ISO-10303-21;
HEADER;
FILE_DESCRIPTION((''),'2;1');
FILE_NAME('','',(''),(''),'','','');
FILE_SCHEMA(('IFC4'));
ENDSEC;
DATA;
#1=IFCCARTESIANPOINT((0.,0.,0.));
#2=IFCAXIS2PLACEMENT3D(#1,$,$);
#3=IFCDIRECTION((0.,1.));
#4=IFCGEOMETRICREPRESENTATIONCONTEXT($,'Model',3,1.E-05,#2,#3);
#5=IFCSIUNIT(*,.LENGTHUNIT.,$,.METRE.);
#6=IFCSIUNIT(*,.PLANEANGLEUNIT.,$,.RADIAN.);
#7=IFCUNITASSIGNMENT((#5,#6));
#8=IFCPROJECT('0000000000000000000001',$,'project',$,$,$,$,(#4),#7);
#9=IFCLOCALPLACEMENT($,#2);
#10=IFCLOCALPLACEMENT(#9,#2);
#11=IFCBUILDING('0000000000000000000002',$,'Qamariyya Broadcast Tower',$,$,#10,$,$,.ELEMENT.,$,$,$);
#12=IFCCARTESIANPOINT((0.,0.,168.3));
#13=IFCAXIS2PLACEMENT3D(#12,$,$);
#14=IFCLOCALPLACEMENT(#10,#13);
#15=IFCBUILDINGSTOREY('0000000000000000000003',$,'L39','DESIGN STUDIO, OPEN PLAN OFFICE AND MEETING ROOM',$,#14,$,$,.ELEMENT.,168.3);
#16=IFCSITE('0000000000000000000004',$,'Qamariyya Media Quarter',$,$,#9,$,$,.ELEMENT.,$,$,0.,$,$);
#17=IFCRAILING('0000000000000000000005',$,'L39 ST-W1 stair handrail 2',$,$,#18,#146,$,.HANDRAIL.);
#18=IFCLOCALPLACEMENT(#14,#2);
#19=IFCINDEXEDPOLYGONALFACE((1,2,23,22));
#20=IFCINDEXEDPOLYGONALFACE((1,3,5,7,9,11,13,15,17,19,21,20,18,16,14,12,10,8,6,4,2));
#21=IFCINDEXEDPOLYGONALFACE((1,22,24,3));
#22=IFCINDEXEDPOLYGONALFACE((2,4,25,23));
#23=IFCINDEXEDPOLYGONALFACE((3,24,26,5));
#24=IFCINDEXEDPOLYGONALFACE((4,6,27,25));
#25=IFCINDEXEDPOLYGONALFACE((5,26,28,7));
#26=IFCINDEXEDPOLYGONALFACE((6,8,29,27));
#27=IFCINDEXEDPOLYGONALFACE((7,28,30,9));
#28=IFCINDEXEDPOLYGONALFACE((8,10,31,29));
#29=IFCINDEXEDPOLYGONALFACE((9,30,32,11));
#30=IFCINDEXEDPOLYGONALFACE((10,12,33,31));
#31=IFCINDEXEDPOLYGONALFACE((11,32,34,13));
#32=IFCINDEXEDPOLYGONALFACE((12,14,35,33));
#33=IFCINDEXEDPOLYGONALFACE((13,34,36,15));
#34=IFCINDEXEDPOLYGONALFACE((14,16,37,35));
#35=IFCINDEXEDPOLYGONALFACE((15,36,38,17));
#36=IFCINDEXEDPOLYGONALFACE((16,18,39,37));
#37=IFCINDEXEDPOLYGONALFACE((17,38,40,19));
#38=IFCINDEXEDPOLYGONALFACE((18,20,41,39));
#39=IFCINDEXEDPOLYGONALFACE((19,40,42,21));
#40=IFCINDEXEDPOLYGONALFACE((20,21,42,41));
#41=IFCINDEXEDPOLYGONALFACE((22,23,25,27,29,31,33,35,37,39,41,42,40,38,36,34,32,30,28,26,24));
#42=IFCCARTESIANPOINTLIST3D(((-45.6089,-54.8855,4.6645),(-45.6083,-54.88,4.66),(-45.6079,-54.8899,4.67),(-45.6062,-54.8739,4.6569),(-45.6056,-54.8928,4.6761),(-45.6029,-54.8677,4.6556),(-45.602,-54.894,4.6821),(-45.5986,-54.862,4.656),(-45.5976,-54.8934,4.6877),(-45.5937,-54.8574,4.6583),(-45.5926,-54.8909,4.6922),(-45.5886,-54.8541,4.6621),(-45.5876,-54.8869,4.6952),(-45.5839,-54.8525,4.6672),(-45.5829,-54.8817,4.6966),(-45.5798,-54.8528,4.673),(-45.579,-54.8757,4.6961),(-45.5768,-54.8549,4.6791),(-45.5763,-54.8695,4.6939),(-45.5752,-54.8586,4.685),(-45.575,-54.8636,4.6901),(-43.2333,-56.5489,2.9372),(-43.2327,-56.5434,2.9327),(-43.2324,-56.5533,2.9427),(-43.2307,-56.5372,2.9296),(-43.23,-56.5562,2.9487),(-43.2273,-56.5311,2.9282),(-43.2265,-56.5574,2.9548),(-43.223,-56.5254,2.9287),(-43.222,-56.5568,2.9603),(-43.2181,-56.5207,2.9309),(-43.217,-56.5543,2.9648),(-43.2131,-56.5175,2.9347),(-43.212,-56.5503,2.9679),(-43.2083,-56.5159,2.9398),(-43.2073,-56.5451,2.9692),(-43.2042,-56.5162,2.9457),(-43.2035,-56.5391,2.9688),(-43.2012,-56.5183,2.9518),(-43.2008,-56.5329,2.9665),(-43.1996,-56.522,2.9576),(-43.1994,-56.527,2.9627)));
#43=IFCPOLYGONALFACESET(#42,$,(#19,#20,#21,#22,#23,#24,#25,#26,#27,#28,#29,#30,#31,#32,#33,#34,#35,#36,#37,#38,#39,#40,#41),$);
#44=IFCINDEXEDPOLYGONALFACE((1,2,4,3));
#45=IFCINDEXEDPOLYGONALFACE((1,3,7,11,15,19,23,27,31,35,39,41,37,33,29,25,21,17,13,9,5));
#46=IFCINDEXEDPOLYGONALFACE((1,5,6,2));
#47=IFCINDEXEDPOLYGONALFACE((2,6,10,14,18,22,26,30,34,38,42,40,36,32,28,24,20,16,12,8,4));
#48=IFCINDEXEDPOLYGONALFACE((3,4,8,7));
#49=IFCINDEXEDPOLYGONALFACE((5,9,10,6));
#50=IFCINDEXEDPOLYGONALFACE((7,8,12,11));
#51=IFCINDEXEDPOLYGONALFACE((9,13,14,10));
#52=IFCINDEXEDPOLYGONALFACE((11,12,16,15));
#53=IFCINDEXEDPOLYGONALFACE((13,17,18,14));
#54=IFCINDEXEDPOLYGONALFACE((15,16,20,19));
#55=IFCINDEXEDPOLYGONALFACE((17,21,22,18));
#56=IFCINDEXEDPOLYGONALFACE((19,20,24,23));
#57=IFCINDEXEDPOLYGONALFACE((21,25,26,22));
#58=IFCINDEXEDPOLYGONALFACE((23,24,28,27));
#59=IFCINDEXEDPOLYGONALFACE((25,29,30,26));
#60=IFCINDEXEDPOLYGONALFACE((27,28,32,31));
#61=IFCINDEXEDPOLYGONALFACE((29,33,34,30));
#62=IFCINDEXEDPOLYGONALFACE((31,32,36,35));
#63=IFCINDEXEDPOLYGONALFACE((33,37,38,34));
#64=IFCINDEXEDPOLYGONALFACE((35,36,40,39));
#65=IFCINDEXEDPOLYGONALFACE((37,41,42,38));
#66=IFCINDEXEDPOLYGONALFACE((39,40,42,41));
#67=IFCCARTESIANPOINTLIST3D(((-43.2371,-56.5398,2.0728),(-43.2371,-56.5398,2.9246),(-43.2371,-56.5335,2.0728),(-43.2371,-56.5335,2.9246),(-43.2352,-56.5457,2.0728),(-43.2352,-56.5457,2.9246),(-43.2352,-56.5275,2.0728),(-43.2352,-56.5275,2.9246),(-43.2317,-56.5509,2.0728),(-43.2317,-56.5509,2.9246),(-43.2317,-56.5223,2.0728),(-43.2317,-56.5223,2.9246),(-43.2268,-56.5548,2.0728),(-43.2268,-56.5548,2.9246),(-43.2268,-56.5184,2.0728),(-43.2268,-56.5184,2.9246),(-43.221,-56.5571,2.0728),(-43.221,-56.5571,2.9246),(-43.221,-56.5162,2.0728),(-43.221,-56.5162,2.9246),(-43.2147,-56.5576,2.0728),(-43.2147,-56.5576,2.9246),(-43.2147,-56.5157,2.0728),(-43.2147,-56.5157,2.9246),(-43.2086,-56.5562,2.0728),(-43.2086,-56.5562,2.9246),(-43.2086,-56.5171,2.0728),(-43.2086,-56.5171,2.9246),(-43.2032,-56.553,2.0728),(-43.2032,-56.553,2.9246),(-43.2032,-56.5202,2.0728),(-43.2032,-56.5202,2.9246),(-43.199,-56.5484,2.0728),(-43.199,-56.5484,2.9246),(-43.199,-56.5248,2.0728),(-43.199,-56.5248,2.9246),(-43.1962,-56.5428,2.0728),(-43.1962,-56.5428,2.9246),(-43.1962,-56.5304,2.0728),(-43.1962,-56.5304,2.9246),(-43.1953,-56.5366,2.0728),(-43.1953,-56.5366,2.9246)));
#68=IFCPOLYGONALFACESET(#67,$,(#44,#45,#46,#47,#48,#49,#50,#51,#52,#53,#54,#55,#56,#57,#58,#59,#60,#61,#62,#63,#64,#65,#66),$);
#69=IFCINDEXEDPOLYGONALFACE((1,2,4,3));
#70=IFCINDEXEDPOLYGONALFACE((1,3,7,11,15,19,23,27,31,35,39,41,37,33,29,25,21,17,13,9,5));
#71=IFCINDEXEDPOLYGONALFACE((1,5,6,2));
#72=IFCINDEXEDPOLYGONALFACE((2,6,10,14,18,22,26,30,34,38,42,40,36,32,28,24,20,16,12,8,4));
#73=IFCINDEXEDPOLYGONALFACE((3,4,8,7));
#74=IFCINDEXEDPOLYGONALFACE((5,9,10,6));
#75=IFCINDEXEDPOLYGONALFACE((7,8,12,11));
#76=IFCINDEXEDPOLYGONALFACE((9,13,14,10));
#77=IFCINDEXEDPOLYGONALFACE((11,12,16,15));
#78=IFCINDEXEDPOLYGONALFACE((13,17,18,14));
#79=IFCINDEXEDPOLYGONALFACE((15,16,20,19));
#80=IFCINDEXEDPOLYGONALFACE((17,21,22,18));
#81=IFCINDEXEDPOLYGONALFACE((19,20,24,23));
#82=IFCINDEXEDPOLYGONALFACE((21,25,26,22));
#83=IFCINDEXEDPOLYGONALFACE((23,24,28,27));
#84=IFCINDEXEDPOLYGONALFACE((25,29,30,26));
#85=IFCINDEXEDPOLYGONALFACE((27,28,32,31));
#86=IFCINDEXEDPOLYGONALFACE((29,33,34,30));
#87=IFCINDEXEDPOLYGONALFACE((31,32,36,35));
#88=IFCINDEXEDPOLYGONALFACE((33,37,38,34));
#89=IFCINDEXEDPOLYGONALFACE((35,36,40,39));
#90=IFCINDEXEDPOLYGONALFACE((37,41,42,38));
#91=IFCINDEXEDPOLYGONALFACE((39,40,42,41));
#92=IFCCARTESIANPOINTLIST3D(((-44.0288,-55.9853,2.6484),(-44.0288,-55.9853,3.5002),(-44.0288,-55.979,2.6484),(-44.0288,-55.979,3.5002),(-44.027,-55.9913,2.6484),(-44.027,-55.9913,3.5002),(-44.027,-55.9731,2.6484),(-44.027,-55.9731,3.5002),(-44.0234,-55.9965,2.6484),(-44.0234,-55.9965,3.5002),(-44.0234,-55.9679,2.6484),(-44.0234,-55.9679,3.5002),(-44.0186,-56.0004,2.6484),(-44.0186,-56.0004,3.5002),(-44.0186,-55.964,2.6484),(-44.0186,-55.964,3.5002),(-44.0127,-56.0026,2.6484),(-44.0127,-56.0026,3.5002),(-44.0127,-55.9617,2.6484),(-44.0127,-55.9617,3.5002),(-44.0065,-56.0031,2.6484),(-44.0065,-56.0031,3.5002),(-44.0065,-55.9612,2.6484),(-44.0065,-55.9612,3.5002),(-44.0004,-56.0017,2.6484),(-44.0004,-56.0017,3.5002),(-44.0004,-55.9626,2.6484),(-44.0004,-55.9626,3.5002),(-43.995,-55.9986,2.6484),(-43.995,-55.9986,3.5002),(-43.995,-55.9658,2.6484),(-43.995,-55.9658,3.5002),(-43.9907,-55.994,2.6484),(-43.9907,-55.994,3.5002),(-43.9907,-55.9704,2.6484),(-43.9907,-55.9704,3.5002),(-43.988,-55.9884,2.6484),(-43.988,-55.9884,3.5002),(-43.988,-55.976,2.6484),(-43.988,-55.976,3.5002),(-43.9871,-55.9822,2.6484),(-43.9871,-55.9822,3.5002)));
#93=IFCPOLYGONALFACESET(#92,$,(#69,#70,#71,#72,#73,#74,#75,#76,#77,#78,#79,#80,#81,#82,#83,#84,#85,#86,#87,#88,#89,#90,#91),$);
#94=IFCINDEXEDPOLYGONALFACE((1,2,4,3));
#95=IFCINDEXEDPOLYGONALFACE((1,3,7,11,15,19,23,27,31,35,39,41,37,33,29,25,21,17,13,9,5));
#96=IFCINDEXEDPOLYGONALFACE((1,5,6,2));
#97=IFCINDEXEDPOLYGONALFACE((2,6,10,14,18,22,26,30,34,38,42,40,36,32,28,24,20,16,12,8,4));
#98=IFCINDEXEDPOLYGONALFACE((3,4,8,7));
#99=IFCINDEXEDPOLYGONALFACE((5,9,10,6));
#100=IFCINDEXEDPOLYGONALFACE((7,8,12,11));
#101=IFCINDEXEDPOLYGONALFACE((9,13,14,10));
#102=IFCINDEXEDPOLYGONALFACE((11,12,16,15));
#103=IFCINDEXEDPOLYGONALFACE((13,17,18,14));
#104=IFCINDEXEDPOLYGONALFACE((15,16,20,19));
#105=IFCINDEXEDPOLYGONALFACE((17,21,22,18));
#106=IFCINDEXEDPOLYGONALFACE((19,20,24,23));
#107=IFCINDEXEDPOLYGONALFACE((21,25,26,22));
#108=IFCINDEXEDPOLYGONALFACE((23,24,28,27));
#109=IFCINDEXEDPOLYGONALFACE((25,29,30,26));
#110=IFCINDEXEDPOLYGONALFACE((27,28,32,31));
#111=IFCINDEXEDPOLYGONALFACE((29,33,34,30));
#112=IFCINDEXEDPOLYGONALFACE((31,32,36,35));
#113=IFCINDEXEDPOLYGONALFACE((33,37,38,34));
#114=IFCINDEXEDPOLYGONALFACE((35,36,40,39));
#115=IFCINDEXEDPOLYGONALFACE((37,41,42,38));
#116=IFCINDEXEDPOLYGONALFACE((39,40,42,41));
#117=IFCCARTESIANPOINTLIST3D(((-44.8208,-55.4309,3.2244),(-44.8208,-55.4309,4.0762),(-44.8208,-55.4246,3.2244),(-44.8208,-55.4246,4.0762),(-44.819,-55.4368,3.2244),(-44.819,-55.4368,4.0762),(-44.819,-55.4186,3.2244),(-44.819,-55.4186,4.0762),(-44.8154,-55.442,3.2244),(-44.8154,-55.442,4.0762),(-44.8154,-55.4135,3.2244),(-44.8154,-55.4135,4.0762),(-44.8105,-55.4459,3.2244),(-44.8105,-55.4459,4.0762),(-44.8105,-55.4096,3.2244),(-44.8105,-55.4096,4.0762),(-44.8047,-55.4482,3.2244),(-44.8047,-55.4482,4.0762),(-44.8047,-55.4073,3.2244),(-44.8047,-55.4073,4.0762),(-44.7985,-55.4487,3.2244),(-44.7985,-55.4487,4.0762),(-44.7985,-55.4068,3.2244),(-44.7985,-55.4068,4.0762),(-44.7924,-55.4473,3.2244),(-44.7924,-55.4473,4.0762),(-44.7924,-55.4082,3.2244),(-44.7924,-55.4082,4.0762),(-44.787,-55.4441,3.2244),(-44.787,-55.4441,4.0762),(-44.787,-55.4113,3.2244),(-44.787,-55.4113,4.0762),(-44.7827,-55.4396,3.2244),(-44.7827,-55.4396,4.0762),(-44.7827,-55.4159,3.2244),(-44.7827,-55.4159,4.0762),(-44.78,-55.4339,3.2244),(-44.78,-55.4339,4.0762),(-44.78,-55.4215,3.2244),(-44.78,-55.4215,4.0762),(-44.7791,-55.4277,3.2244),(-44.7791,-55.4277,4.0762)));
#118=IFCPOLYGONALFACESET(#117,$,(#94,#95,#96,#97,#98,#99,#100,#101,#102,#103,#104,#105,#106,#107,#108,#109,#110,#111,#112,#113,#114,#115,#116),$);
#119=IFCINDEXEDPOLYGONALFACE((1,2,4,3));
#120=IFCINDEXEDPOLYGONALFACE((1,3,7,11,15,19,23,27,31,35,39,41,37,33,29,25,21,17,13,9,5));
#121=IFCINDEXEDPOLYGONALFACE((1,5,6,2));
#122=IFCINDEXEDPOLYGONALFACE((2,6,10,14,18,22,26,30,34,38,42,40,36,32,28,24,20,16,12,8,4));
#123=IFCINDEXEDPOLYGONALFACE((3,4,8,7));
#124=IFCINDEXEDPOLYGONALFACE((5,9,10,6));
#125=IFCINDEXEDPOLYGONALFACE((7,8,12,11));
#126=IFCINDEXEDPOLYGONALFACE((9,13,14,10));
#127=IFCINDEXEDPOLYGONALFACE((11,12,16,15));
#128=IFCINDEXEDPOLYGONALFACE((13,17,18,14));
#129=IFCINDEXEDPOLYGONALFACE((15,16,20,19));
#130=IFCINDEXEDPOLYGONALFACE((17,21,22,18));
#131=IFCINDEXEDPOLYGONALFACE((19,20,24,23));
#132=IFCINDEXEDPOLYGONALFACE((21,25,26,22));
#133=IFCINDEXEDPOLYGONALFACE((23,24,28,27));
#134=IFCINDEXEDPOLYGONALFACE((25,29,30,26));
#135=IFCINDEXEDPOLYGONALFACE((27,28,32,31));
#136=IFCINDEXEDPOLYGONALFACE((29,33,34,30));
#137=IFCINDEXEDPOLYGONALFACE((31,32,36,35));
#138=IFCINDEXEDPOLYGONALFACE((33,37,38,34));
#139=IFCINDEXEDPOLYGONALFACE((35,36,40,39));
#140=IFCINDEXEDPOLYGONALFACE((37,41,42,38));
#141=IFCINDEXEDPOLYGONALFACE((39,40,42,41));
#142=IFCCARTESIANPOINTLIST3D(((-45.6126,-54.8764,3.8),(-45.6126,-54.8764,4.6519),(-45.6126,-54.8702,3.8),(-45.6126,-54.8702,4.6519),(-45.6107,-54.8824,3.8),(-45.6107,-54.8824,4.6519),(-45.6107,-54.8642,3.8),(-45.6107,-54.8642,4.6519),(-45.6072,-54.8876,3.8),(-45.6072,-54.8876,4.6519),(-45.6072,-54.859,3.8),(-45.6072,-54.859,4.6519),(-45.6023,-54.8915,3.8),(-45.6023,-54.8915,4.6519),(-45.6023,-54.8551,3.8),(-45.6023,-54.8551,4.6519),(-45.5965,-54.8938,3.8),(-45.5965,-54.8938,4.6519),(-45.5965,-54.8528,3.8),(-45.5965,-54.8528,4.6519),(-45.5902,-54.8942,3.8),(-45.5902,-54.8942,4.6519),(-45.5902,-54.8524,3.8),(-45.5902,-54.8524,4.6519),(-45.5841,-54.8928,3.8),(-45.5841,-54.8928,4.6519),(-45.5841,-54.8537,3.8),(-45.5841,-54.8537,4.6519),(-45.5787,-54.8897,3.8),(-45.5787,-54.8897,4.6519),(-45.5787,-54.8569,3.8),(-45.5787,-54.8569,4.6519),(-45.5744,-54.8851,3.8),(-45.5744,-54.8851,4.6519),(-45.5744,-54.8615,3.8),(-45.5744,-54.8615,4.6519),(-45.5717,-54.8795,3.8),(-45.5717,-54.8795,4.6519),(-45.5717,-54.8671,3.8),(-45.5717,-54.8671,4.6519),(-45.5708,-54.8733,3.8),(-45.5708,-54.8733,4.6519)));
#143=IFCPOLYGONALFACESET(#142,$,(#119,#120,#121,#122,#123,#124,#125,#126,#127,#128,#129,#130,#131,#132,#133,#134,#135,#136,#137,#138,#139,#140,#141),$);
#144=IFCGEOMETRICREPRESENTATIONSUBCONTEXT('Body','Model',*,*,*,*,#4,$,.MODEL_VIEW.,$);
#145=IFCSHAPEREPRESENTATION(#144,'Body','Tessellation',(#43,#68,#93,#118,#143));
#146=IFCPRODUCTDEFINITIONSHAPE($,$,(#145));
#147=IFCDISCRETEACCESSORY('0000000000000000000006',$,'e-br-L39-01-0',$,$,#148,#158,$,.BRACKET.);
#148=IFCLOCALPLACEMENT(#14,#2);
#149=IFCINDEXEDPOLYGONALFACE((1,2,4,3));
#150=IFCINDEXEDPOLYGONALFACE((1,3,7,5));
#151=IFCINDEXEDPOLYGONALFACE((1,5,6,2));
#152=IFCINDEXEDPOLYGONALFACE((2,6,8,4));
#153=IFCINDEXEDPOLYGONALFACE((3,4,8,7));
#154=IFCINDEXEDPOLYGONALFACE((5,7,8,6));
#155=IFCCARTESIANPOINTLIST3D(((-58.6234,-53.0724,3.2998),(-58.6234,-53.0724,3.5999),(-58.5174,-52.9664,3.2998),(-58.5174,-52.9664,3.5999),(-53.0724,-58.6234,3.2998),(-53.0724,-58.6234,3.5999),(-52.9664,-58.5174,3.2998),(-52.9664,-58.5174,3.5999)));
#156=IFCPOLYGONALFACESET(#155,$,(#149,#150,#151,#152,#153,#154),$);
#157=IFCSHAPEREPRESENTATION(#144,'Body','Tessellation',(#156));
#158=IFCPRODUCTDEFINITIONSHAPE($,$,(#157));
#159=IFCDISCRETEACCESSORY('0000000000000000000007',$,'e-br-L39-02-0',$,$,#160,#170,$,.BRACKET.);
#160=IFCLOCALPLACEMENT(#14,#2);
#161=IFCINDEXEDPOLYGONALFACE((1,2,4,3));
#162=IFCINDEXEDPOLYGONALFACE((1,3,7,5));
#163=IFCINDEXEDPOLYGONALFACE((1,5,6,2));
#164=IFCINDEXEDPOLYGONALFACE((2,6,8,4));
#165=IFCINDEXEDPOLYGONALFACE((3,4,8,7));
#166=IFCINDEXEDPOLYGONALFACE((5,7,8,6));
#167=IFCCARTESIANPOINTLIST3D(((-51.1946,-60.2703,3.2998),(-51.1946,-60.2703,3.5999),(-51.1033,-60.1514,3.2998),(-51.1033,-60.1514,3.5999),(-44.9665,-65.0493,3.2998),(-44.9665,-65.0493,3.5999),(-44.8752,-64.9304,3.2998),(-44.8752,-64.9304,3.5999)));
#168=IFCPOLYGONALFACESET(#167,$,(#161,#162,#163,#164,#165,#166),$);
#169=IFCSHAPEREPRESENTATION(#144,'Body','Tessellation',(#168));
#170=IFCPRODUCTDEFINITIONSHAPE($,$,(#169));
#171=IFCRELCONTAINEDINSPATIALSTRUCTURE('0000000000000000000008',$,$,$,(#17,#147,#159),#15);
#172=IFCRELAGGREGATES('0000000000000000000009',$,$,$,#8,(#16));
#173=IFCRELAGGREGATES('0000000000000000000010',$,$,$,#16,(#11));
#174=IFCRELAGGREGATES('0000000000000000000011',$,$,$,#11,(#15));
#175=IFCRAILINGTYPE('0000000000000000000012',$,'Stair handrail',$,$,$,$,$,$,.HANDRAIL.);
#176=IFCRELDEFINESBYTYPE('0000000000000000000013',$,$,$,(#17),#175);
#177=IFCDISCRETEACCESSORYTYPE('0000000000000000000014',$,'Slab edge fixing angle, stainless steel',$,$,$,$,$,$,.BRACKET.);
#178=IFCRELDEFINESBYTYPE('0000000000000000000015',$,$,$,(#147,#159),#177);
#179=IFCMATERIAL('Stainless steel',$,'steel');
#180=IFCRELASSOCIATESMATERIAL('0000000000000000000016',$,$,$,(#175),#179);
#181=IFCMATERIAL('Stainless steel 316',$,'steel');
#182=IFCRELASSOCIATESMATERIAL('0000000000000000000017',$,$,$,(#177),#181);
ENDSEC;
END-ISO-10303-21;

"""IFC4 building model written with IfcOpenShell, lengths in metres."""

from ifc_helpers import new_model, si_unit, direction, frame, origin, origin_2d, place, context, subcontext, project, spatial, rectangle, circle, extrude, material, type_object, element, save


model = new_model("IFC4")

# Units and contexts
model_context = context("Model", 3, precision=1e-05, world=origin(), true_north=direction((0.0, 1.0)))
body_context = subcontext(model_context, "Body", "Model", "MODEL_VIEW")
ifc_project = project(units=[si_unit("LENGTHUNIT", "METRE"), si_unit("PLANEANGLEUNIT", "RADIAN")], contexts=[model_context])

# Site, building, storey
site_placement = place(None, origin())
site = spatial("IfcSite", under=ifc_project, at=site_placement, Name="Qamariyya Media Quarter", CompositionType="ELEMENT", RefElevation=0.0)
building_placement = place(site_placement, origin())
building = spatial("IfcBuilding", under=site, at=building_placement, Name="Qamariyya Broadcast Tower", CompositionType="ELEMENT")
storey_placement = place(building_placement, frame((0.0, 0.0, 168.3)))
storey = spatial("IfcBuildingStorey", under=building, at=storey_placement, Name="L39", Description="DESIGN STUDIO, OPEN PLAN OFFICE AND MEETING ROOM", CompositionType="ELEMENT", Elevation=168.3)

# Railing
ifc_material_1 = material(Name="Stainless steel", Category="steel")
railing_type_1 = type_object("IfcRailingType", Name="Stair handrail", PredefinedType="HANDRAIL", material=ifc_material_1)
railing_1_placement = place(storey_placement, frame((-43.2163, -56.5366, 2.0728)))
element("IfcRailing", 1, at=railing_1_placement, inside=storey, type_object=railing_type_1, Name="L39 ST-W1 stair handrail 2", PredefinedType="HANDRAIL", context=body_context, shape_type="SweptSolid", body=[
    extrude(circle(Radius=0.0239, at=origin_2d()), frame((0.0, 0.0, 0.876), z_axis=(-0.70377, 0.492784, 0.511734), x_axis=(-0.573575, -0.819153, 0.0)), (0.0, 0.0, 1.0), 3.3755),
    extrude(circle(Radius=0.021, at=origin_2d()), origin(), (0.0, 0.0, 1.0), 0.8518),
    extrude(circle(Radius=0.021, at=origin_2d()), frame((-0.7917, 0.5544, 0.5757)), (0.0, 0.0, 1.0), 0.8518),
    extrude(circle(Radius=0.021, at=origin_2d()), frame((-1.5837, 1.1089, 1.1516)), (0.0, 0.0, 1.0), 0.8518),
    extrude(circle(Radius=0.021, at=origin_2d()), frame((-2.3755, 1.6633, 1.7273)), (0.0, 0.0, 1.0), 0.8518),
])

# Discrete accessories
ifc_material_2 = material(Name="Stainless steel 316", Category="steel")
discrete_accessory_type = type_object("IfcDiscreteAccessoryType", Name="Slab edge fixing angle, stainless steel", PredefinedType="BRACKET", material=ifc_material_2)
for number, where, z_axis, x_axis, name in (
    (2, (-55.7949, -55.7949, 3.2998), (0.0, 0.0, 1.0), (0.707107, -0.707107, 0.0), "e-br-L39-01-0"),
    (3, (-48.0349, -62.6003, 3.2998), (0.0, 0.0, 1.0), (0.793353, -0.608761, 0.0), "e-br-L39-02-0"),
):
    element("IfcDiscreteAccessory", number, at=place(storey_placement, frame(where, z_axis=z_axis, x_axis=x_axis)), inside=storey, type_object=discrete_accessory_type, Name=name, PredefinedType="BRACKET", context=body_context, shape_type="SweptSolid", body=[
        extrude(rectangle(XDim=7.8503, YDim=0.1499, at=origin_2d()), origin(), (0.0, 0.0, 1.0), 0.3),
    ])

save(model, "model.ifc")
